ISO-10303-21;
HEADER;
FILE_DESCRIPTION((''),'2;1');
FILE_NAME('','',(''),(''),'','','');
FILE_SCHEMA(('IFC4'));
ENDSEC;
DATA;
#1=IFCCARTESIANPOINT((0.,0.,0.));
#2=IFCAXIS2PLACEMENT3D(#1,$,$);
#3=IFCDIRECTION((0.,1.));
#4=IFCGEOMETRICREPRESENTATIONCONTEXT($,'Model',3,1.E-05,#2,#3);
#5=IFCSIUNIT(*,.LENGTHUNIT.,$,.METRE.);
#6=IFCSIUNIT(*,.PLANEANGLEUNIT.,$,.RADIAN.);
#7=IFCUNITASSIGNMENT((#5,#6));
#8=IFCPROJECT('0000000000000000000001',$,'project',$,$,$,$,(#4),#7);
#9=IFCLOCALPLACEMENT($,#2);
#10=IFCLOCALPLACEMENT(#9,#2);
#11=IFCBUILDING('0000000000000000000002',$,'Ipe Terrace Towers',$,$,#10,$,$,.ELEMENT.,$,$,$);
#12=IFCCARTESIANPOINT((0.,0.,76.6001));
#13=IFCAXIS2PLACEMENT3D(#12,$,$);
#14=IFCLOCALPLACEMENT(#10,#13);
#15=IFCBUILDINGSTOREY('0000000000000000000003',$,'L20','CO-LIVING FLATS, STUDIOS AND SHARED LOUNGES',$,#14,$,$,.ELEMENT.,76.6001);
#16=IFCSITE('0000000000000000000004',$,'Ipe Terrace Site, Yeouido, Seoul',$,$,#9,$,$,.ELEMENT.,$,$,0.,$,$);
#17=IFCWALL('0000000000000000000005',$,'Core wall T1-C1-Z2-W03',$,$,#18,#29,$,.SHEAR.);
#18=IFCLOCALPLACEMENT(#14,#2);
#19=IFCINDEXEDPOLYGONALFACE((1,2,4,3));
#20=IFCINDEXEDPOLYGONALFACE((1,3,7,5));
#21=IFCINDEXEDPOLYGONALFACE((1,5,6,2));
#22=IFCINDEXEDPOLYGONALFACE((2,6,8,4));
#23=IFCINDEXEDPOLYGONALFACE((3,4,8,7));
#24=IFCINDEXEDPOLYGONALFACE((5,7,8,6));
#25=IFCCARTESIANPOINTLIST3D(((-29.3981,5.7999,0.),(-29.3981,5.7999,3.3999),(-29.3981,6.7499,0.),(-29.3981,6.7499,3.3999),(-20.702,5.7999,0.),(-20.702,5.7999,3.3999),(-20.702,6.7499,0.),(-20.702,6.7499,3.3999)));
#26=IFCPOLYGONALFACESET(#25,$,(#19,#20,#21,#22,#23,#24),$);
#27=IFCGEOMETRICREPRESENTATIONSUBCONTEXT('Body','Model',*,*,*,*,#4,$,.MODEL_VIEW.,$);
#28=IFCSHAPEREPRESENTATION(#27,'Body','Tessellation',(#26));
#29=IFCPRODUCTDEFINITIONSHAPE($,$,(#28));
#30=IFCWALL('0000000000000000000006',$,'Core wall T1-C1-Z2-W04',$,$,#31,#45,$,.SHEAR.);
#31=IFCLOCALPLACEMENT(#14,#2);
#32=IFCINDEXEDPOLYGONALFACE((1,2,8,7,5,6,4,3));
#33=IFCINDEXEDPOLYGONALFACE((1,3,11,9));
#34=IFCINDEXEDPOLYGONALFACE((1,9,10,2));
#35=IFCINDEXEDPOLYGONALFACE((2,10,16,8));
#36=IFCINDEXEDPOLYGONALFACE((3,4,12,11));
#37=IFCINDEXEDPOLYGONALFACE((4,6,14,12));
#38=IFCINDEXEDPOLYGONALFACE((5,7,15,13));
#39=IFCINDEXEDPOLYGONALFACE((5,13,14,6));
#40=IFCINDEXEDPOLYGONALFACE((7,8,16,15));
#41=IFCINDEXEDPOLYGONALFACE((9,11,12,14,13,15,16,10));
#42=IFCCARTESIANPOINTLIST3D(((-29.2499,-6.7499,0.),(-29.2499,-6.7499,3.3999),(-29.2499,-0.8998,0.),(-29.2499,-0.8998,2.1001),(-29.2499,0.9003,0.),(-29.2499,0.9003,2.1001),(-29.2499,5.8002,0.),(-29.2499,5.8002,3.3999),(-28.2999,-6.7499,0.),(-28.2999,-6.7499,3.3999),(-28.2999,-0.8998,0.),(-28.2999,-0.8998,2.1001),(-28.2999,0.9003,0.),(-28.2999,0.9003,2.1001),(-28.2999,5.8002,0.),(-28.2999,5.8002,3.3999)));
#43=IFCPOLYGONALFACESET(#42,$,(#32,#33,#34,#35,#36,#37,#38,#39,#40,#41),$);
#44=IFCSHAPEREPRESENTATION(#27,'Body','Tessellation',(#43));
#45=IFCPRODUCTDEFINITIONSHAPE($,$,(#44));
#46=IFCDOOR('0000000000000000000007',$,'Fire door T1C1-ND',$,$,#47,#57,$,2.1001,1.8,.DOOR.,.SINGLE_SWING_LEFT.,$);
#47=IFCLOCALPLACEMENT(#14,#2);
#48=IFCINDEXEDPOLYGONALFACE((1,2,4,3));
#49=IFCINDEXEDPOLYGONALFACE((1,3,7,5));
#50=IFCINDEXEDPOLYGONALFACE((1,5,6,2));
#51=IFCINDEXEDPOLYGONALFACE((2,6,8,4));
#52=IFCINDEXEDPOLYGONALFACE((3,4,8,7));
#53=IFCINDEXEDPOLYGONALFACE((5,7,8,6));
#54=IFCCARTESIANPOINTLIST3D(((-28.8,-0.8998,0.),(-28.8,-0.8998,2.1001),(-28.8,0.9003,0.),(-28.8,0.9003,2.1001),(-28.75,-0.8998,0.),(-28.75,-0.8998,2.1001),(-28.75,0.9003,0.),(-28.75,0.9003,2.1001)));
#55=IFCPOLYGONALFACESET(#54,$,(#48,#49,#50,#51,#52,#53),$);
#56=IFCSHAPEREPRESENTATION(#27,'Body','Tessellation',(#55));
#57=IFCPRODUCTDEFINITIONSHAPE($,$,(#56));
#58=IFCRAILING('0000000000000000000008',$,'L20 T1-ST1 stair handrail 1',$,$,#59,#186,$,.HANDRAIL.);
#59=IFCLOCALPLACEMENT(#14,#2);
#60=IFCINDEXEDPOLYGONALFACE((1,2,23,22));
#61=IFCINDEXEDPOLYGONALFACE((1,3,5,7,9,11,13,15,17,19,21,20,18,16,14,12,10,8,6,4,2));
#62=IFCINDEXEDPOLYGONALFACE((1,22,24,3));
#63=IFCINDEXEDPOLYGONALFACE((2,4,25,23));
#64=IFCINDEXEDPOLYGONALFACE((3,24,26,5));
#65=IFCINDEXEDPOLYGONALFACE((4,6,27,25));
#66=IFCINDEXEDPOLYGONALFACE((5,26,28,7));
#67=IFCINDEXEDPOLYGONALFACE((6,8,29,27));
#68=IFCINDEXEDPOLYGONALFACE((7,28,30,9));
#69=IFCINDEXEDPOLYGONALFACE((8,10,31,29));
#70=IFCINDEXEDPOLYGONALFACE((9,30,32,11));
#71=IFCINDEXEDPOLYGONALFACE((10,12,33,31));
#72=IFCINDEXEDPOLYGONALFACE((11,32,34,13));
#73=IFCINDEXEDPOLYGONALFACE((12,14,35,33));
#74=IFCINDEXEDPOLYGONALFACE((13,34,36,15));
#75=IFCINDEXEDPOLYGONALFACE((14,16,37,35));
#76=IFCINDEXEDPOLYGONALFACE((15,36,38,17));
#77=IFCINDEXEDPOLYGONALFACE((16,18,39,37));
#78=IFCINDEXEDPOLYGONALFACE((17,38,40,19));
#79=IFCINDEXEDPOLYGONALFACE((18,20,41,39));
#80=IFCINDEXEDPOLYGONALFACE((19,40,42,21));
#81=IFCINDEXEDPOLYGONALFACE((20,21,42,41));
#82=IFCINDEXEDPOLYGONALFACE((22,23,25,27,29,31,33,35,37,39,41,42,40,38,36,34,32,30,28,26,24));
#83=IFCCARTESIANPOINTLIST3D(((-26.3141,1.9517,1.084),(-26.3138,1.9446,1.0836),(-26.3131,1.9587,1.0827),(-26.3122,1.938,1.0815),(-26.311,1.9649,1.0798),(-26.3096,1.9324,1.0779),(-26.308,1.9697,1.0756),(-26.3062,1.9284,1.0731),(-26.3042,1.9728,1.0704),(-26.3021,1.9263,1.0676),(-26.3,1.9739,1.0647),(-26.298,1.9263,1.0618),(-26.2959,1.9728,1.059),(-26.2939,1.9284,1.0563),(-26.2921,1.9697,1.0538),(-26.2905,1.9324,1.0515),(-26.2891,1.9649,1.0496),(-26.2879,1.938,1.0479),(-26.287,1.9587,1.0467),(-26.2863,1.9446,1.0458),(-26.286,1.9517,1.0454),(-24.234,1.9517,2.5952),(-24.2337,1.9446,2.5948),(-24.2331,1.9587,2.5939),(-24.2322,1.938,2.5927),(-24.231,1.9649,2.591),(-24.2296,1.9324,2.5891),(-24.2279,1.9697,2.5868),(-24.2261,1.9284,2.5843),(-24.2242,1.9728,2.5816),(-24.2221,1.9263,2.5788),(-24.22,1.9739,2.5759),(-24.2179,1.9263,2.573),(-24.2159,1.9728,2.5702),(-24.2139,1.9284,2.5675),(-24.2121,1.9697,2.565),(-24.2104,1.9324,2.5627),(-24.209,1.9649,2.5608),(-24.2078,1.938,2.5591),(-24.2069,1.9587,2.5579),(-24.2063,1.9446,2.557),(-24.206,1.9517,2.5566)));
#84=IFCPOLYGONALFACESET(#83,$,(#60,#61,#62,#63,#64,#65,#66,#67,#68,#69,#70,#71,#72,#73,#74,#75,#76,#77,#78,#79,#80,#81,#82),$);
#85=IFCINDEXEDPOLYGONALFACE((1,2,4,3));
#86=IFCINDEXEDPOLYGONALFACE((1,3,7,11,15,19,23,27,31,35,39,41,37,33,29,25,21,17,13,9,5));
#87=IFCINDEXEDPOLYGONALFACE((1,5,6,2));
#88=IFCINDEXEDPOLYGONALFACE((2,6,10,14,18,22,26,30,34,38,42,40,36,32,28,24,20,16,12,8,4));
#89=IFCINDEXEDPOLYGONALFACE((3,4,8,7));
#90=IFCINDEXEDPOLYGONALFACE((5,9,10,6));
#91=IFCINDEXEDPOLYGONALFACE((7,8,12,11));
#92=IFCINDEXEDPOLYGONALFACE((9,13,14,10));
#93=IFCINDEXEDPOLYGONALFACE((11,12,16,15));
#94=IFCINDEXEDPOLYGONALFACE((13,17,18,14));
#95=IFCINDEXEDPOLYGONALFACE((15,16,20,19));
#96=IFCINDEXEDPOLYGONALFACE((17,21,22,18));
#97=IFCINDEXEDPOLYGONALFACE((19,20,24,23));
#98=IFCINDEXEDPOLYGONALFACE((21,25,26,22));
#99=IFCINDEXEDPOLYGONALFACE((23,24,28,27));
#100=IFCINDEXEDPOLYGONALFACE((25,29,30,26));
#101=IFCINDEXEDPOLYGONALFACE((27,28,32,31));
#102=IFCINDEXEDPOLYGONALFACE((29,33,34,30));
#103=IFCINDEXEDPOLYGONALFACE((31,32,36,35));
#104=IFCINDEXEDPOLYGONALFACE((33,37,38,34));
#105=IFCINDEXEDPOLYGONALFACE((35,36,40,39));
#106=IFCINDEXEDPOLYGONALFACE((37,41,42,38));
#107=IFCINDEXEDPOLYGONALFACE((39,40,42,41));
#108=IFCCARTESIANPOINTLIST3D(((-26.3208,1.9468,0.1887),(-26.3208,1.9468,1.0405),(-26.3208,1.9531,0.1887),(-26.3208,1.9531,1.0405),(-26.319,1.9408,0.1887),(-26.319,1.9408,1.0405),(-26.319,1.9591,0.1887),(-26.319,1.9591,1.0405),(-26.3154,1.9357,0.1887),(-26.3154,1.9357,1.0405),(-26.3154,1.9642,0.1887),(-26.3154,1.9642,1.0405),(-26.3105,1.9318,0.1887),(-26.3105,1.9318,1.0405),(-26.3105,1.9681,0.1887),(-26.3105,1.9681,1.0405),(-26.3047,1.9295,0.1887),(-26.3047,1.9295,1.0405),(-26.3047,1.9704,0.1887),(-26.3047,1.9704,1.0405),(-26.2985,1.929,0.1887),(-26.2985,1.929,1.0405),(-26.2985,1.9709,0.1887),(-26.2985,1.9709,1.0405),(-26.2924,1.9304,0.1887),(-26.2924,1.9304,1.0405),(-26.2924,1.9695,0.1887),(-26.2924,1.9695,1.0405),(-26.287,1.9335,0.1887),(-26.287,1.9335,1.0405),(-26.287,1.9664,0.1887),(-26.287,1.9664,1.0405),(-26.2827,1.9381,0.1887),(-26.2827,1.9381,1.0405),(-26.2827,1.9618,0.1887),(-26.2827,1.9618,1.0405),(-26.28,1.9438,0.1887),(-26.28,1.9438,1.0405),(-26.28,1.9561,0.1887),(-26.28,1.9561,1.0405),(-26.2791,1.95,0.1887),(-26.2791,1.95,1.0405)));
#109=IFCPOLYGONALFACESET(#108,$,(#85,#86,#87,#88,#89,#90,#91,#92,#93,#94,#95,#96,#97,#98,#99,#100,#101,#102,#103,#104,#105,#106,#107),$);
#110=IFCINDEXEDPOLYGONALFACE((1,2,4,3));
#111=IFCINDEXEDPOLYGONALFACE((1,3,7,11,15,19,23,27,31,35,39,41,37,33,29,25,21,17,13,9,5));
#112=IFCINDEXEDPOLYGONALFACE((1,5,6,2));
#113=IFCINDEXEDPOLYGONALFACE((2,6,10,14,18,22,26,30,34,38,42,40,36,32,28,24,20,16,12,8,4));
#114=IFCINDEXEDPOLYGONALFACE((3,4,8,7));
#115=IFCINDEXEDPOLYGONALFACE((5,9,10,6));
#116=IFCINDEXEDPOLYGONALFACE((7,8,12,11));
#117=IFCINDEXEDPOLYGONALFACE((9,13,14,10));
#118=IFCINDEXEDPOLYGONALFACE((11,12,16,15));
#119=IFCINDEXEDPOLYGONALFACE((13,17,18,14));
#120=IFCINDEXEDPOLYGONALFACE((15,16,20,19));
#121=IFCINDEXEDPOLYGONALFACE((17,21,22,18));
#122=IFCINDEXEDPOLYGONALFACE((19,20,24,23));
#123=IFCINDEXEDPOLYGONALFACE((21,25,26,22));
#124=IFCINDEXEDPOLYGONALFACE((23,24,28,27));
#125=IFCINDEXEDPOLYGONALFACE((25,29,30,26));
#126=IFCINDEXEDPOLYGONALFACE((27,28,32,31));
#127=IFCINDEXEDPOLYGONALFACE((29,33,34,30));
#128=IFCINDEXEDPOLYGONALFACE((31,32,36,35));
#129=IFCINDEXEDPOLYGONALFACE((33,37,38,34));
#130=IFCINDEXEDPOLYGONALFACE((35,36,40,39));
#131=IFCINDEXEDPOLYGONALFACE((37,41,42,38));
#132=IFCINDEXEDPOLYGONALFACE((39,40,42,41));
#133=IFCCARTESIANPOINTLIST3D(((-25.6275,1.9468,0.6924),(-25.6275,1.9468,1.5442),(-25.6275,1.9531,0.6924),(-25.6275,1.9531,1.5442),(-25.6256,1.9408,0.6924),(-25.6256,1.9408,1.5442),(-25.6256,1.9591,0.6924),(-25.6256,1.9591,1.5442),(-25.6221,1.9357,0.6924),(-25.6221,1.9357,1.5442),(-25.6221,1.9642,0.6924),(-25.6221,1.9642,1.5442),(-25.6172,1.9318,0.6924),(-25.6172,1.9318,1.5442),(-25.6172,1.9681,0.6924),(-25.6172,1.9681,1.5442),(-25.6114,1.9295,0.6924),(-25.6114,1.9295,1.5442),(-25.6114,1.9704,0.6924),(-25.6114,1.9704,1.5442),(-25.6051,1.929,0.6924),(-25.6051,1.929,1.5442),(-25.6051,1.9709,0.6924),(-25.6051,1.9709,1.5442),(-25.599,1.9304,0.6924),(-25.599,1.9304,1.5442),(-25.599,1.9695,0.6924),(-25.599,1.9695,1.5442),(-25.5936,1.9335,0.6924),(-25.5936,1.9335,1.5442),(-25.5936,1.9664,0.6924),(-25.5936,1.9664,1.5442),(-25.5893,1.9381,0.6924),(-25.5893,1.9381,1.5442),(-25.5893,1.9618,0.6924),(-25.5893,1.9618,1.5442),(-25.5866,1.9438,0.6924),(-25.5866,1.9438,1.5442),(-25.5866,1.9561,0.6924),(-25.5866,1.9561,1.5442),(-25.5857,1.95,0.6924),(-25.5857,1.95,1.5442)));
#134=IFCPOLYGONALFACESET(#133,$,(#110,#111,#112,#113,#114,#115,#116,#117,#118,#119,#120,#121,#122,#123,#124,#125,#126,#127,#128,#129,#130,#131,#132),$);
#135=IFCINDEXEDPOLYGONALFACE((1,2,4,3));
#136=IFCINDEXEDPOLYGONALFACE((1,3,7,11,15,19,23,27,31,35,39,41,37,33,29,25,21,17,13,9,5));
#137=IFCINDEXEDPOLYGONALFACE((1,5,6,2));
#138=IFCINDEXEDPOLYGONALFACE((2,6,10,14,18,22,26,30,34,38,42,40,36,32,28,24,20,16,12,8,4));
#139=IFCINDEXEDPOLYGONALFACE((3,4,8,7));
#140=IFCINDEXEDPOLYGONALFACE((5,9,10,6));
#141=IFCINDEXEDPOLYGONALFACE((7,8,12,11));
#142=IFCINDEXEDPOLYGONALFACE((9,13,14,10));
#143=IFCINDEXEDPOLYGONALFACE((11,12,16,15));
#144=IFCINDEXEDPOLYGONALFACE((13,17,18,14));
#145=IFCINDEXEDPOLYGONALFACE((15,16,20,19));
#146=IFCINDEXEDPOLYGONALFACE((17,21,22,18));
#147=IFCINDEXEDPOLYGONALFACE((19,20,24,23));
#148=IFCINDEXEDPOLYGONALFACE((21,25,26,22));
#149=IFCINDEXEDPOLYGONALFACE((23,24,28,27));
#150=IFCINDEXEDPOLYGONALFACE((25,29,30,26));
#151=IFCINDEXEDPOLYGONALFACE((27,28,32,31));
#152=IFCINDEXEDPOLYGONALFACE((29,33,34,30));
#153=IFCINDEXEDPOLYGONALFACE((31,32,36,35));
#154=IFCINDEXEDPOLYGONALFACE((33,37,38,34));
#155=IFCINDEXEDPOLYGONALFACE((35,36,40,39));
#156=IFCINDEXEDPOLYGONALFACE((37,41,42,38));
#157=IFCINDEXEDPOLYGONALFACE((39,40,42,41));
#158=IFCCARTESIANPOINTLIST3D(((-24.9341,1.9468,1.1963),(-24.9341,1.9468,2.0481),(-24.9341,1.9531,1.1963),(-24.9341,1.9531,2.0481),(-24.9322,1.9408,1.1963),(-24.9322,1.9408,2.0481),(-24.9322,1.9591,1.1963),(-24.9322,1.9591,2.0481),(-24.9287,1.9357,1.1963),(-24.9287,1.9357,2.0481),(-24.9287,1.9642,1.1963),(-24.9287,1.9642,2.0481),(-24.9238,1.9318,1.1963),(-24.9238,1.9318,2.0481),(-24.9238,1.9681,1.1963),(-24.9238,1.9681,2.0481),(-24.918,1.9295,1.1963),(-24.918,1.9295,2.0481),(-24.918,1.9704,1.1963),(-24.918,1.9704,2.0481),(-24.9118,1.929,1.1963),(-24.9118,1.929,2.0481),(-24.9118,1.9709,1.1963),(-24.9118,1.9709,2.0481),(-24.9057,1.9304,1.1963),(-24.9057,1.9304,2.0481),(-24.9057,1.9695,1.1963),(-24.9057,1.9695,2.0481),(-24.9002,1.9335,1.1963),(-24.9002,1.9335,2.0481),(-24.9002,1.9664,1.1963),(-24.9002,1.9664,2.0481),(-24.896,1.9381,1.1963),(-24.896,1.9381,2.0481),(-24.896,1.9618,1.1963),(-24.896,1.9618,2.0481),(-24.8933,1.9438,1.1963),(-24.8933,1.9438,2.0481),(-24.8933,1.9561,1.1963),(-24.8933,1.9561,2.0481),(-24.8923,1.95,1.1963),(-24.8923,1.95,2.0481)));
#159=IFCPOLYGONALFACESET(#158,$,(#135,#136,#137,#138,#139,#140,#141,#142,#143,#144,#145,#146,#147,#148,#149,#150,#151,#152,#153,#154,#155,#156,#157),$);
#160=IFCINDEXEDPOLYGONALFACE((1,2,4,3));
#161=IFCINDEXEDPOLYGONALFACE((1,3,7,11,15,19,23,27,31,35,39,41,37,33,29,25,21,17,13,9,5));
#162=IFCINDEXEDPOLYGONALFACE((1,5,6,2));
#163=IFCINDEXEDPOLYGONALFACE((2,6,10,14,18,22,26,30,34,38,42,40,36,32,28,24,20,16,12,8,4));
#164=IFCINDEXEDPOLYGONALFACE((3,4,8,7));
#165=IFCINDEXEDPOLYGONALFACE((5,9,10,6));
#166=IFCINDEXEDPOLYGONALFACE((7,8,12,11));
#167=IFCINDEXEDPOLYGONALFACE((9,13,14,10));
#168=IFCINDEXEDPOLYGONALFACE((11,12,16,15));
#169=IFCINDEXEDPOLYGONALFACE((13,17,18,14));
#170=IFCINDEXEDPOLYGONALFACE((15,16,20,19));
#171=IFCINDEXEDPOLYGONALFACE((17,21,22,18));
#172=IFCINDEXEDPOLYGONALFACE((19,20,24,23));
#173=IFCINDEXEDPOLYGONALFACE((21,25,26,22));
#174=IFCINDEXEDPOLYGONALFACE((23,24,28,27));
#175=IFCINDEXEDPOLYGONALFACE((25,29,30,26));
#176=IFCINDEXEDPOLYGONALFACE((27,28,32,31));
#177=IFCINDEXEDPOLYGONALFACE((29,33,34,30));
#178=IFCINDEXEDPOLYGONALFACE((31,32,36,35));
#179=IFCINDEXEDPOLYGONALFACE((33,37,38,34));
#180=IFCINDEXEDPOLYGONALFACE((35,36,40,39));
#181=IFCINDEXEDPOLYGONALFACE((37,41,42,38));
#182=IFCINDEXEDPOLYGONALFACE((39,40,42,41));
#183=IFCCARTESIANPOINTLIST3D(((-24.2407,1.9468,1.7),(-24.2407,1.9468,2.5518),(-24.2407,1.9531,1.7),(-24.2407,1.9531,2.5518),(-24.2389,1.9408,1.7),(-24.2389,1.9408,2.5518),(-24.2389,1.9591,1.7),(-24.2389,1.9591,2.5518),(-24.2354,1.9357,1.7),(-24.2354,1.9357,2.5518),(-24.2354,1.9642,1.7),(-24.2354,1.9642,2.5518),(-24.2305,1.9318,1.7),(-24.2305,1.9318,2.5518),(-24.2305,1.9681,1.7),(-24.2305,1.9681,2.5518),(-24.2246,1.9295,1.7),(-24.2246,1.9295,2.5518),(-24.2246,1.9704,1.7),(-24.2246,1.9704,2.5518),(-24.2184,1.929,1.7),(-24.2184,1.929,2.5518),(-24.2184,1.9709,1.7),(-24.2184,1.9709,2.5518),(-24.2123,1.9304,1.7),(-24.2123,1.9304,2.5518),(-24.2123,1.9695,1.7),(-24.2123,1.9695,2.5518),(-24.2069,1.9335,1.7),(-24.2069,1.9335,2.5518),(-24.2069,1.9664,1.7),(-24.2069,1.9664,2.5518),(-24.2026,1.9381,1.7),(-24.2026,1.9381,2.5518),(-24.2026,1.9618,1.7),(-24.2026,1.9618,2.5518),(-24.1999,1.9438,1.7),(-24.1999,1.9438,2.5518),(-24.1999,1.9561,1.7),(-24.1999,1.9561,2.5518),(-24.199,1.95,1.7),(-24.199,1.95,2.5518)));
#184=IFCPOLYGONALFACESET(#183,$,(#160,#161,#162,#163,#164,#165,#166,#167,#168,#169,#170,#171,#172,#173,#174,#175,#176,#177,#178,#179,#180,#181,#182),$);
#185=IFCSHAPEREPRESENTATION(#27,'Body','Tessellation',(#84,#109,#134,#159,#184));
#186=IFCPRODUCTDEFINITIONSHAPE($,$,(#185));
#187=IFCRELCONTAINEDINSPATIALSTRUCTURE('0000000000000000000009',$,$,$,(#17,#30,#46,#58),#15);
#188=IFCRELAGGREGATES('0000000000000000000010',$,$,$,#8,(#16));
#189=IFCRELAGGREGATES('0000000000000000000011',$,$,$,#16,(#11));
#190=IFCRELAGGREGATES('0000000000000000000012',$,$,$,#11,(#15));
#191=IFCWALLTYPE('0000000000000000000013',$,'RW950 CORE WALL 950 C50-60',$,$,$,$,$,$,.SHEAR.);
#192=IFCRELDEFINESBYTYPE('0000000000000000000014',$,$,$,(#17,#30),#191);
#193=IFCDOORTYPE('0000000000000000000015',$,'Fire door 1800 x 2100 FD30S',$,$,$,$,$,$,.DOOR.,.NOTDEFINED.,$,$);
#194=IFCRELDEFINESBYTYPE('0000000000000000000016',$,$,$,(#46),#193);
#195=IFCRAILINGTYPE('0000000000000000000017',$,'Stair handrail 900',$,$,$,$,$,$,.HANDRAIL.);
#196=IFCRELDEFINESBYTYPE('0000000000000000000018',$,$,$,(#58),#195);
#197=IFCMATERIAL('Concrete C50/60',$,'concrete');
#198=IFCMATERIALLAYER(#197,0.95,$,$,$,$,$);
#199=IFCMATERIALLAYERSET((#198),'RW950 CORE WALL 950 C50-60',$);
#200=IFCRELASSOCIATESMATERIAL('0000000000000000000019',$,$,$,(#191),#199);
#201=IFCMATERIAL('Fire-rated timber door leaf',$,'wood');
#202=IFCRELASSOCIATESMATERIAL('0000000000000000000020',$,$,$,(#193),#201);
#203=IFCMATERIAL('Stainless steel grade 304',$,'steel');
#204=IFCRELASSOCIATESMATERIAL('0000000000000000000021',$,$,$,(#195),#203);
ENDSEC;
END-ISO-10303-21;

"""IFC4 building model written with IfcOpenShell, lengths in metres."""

from ifc_helpers import new_model, si_unit, direction, frame, frame_2d, origin, origin_2d, place, context, subcontext, project, spatial, rectangle, circle, extrude, material, layer, layer_set, type_object, element, fill, save


model = new_model("IFC4")

# Units and contexts
model_context = context("Model", 3, precision=1e-05, world=origin(), true_north=direction((0.0, 1.0)))
body_context = subcontext(model_context, "Body", "Model", "MODEL_VIEW")
ifc_project = project(units=[si_unit("LENGTHUNIT", "METRE"), si_unit("PLANEANGLEUNIT", "RADIAN")], contexts=[model_context])

# Site, building, storey
site_placement = place(None, origin())
site = spatial("IfcSite", under=ifc_project, at=site_placement, Name="Ipe Terrace Site, Yeouido, Seoul", CompositionType="ELEMENT", RefElevation=0.0)
building_placement = place(site_placement, origin())
building = spatial("IfcBuilding", under=site, at=building_placement, Name="Ipe Terrace Towers", CompositionType="ELEMENT")
storey_placement = place(building_placement, frame((0.0, 0.0, 76.6001)))
storey = spatial("IfcBuildingStorey", under=building, at=storey_placement, Name="L20", Description="CO-LIVING FLATS, STUDIOS AND SHARED LOUNGES", CompositionType="ELEMENT", Elevation=76.6001)

# Wall
ifc_material_1 = material(Name="Concrete C50/60", Category="concrete")
ifc_layer_1 = layer(ifc_material_1, 0.95)
ifc_layer_set_1 = layer_set([ifc_layer_1], Name="RW950 CORE WALL 950 C50-60")
wall_type_1 = type_object("IfcWallType", Name="RW950 CORE WALL 950 C50-60", PredefinedType="SHEAR", material=ifc_layer_set_1)
wall_1_placement = place(storey_placement, frame((-20.7019, 6.2749, 0.0), z_axis=(0.0, 0.0, 1.0), x_axis=(-1.0, 0.0, 0.0)))
element("IfcWall", 1, at=wall_1_placement, inside=storey, type_object=wall_type_1, Name="Core wall T1-C1-Z2-W03", PredefinedType="SHEAR", context=body_context, shape_type="SweptSolid", body=[
    extrude(rectangle(XDim=8.696, YDim=0.95, at=frame_2d((4.3481, 0.0))), origin(), (0.0, 0.0, 1.0), 3.3999),
])

# Wall, opening, door
wall_2_placement = place(storey_placement, frame((-28.7749, 5.8, 0.0), z_axis=(0.0, 0.0, 1.0), x_axis=(0.0, -1.0, 0.0)))
wall_2 = element("IfcWall", 2, at=wall_2_placement, inside=storey, type_object=wall_type_1, Name="Core wall T1-C1-Z2-W04", PredefinedType="SHEAR", context=body_context, shape_type="SweptSolid", body=[
    extrude(rectangle(XDim=12.55, YDim=0.95, at=frame_2d((6.2749, 0.0))), origin(), (0.0, 0.0, 1.0), 3.3999),
])
opening_placement = place(wall_2_placement, frame((4.8999, 0.0, 0.0)))
opening = element("IfcOpeningElement", 3, at=opening_placement, cuts=wall_2, PredefinedType="OPENING", context=body_context, shape_type="SweptSolid", body=[
    extrude(rectangle(XDim=1.8, YDim=2.1001, at=frame_2d((0.8999, 1.05))), frame((0.0, 0.4849, 0.0), z_axis=(0.0, -1.0, 0.0), x_axis=(1.0, 0.0, 0.0)), (0.0, 0.0, 1.0), 0.97),
])
ifc_material_2 = material(Name="Fire-rated timber door leaf", Category="wood")
door_type = type_object("IfcDoorType", Name="Fire door 1800 x 2100 FD30S", OperationType="NOTDEFINED", PredefinedType="DOOR", material=ifc_material_2)
door_placement = place(opening_placement, origin())
door = element("IfcDoor", 4, at=door_placement, inside=storey, type_object=door_type, Name="Fire door T1C1-ND", OperationType="SINGLE_SWING_LEFT", OverallHeight=2.1001, OverallWidth=1.8, PredefinedType="DOOR", context=body_context, shape_type="SweptSolid", body=[
    extrude(rectangle(XDim=1.8, YDim=2.1001, at=frame_2d((0.8999, 1.05))), frame((0.0, 0.0249, 0.0), z_axis=(0.0, -1.0, 0.0), x_axis=(1.0, 0.0, 0.0)), (0.0, 0.0, 1.0), 0.05),
])
fill(opening, door)

# Railing
ifc_material_3 = material(Name="Stainless steel grade 304", Category="steel")
railing_type_1 = type_object("IfcRailingType", Name="Stair handrail 900", PredefinedType="HANDRAIL", material=ifc_material_3)
railing_1_placement = place(storey_placement, frame((-26.3, 1.95, 0.1887)))
element("IfcRailing", 5, at=railing_1_placement, inside=storey, type_object=railing_type_1, Name="L20 T1-ST1 stair handrail 1", PredefinedType="HANDRAIL", context=body_context, shape_type="SweptSolid", body=[
    extrude(circle(Radius=0.0239, at=origin_2d()), frame((0.0, 0.0, 0.876), z_axis=(0.809023, 0.0, 0.587776), x_axis=(0.0, 1.0, 0.0)), (0.0, 0.0, 1.0), 2.571),
    extrude(circle(Radius=0.021, at=origin_2d()), origin(), (0.0, 0.0, 1.0), 0.8518),
    extrude(circle(Radius=0.021, at=origin_2d()), frame((0.6934, 0.0, 0.5037)), (0.0, 0.0, 1.0), 0.8518),
    extrude(circle(Radius=0.021, at=origin_2d()), frame((1.3867, 0.0, 1.0076)), (0.0, 0.0, 1.0), 0.8518),
    extrude(circle(Radius=0.021, at=origin_2d()), frame((2.0801, 0.0, 1.5112)), (0.0, 0.0, 1.0), 0.8518),
])

save(model, "model.ifc")
